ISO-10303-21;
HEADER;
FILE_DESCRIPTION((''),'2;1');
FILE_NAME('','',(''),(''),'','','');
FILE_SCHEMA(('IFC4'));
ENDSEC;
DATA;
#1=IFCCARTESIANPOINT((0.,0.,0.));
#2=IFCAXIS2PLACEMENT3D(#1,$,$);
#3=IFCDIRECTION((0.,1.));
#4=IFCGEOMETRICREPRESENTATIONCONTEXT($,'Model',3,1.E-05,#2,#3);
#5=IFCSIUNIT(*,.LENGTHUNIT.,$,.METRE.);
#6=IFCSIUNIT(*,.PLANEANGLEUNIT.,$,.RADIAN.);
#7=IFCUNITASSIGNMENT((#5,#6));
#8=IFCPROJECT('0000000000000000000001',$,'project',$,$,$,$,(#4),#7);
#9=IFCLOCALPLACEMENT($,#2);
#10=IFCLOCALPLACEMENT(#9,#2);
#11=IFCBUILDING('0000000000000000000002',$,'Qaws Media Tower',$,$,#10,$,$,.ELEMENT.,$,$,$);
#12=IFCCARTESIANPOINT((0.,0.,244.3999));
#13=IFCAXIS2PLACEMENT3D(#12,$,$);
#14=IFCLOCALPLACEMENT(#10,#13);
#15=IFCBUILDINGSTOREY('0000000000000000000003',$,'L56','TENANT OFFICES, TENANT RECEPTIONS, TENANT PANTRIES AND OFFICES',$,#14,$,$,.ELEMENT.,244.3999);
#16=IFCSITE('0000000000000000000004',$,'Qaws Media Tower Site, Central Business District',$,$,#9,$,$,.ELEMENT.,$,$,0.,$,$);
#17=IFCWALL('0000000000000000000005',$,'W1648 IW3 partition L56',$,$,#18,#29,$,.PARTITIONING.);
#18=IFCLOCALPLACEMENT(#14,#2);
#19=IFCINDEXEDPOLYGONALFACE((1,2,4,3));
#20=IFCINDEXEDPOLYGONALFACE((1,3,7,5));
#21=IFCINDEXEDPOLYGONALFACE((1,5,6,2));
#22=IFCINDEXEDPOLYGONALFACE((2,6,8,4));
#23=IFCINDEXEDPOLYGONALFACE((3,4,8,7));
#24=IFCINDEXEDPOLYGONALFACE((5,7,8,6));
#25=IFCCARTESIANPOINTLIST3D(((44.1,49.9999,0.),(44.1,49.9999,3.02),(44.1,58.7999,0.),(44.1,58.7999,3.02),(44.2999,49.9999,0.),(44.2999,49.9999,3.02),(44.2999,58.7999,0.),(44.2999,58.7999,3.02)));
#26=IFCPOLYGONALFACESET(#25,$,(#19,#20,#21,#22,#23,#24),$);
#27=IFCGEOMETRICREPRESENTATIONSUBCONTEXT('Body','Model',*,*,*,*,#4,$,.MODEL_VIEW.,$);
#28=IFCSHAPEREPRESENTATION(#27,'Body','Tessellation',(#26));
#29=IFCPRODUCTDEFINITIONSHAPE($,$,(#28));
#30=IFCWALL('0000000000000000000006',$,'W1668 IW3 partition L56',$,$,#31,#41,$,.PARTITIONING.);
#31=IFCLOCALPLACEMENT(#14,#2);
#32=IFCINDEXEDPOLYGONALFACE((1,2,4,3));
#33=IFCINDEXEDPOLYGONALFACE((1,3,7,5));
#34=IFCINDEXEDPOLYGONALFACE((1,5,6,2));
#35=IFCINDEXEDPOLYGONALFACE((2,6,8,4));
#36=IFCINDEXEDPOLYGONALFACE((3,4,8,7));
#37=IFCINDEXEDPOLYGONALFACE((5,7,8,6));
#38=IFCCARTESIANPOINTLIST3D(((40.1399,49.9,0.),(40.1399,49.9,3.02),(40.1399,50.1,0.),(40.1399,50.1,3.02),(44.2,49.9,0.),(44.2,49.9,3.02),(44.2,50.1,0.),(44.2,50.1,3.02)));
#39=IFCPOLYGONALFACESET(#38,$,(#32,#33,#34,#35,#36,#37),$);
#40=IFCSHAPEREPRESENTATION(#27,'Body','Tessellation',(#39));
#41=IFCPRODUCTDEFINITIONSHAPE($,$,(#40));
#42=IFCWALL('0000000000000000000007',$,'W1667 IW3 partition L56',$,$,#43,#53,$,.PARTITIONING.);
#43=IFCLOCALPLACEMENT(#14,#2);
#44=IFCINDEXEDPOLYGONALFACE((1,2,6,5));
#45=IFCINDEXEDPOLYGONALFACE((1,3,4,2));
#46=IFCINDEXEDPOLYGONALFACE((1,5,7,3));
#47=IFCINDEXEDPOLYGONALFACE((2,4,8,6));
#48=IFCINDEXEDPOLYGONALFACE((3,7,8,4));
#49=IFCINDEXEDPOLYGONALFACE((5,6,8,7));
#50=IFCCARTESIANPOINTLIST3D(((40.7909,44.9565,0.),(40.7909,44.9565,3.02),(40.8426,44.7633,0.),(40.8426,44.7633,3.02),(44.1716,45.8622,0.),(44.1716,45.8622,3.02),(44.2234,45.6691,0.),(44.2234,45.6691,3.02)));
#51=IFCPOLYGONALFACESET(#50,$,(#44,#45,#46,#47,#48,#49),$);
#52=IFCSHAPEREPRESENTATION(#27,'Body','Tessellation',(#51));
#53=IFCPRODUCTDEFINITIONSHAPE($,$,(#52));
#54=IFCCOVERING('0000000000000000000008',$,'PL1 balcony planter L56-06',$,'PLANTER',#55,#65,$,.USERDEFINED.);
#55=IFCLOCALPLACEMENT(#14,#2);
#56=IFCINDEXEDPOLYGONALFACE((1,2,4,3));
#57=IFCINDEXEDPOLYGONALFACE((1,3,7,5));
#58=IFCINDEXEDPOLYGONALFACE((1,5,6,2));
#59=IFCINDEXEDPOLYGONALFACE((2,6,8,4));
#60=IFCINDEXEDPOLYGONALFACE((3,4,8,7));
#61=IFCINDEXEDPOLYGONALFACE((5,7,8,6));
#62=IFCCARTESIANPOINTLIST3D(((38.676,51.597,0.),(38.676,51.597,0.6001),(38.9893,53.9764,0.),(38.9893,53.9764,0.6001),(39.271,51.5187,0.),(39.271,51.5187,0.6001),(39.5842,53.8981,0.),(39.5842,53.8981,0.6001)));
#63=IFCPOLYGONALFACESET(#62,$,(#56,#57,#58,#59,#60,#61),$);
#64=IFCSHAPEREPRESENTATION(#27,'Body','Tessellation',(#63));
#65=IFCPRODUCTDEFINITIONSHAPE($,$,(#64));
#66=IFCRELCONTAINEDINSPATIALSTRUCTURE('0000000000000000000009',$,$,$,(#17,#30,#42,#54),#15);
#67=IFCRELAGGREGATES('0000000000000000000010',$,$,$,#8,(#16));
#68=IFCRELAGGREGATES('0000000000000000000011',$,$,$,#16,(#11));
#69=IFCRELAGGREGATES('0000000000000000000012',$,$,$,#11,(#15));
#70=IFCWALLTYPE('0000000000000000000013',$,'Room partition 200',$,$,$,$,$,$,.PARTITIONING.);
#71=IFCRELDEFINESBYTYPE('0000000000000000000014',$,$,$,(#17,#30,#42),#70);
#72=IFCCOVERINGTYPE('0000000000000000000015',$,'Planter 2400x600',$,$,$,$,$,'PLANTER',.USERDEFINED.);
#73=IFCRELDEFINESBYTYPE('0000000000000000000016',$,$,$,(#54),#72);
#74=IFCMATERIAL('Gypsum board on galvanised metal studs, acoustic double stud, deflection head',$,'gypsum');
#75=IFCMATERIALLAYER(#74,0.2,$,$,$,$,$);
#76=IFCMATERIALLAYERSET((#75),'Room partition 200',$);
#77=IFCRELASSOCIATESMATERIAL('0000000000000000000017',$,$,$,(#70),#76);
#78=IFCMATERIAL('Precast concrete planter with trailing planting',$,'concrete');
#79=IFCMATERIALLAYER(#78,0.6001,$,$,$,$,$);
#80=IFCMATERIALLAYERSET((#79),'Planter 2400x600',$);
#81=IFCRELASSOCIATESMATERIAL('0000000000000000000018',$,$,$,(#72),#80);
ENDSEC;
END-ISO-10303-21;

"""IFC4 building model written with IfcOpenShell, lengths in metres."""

from ifc_helpers import new_model, si_unit, direction, frame, frame_2d, origin, origin_2d, place, context, subcontext, project, spatial, rectangle, extrude, material, layer, layer_set, type_object, element, save


model = new_model("IFC4")

# Units and contexts
model_context = context("Model", 3, precision=1e-05, world=origin(), true_north=direction((0.0, 1.0)))
body_context = subcontext(model_context, "Body", "Model", "MODEL_VIEW")
ifc_project = project(units=[si_unit("LENGTHUNIT", "METRE"), si_unit("PLANEANGLEUNIT", "RADIAN")], contexts=[model_context])

# Site, building, storey
site_placement = place(None, origin())
site = spatial("IfcSite", under=ifc_project, at=site_placement, Name="Qaws Media Tower Site, Central Business District", CompositionType="ELEMENT", RefElevation=0.0)
building_placement = place(site_placement, origin())
building = spatial("IfcBuilding", under=site, at=building_placement, Name="Qaws Media Tower", CompositionType="ELEMENT")
storey_placement = place(building_placement, frame((0.0, 0.0, 244.3999)))
storey = spatial("IfcBuildingStorey", under=building, at=storey_placement, Name="L56", Description="TENANT OFFICES, TENANT RECEPTIONS, TENANT PANTRIES AND OFFICES", CompositionType="ELEMENT", Elevation=244.3999)

# Shared definitions
ifc_material_1 = material(Name="Gypsum board on galvanised metal studs, acoustic double stud, deflection head", Category="gypsum")
ifc_layer_1 = layer(ifc_material_1, 0.2)
ifc_layer_set_1 = layer_set([ifc_layer_1], Name="Room partition 200")
wall_type_1 = type_object("IfcWallType", Name="Room partition 200", PredefinedType="PARTITIONING", material=ifc_layer_set_1)

# Walls
wall_1_placement = place(storey_placement, frame((44.2, 50.0, 0.0), z_axis=(0.0, 0.0, 1.0), x_axis=(0.0, 1.0, 0.0)))
element("IfcWall", 1, at=wall_1_placement, inside=storey, type_object=wall_type_1, Name="W1648 IW3 partition L56", PredefinedType="PARTITIONING", context=body_context, shape_type="SweptSolid", body=[
    extrude(rectangle(XDim=8.8, YDim=0.2, at=frame_2d((4.3999, 0.0))), origin(), (0.0, 0.0, 1.0), 3.02),
])
wall_2_placement = place(storey_placement, frame((44.2, 50.0, 0.0), z_axis=(0.0, 0.0, 1.0), x_axis=(-1.0, 0.0, 0.0)))
element("IfcWall", 2, at=wall_2_placement, inside=storey, type_object=wall_type_1, Name="W1668 IW3 partition L56", PredefinedType="PARTITIONING", context=body_context, shape_type="SweptSolid", body=[
    extrude(rectangle(XDim=4.0601, YDim=0.2, at=frame_2d((2.03, 0.0))), origin(), (0.0, 0.0, 1.0), 3.02),
])
wall_3_placement = place(storey_placement, frame((44.1975, 45.7656, 0.0), z_axis=(0.0, 0.0, 1.0), x_axis=(-0.965936, -0.258783, 0.0)))
element("IfcWall", 3, at=wall_3_placement, inside=storey, type_object=wall_type_1, Name="W1667 IW3 partition L56", PredefinedType="PARTITIONING", context=body_context, shape_type="SweptSolid", body=[
    extrude(rectangle(XDim=3.5, YDim=0.2, at=frame_2d((1.75, 0.0))), origin(), (0.0, 0.0, 1.0), 3.02),
])

# Covering
ifc_material_2 = material(Name="Precast concrete planter with trailing planting", Category="concrete")
ifc_layer_2 = layer(ifc_material_2, 0.6001)
ifc_layer_set_2 = layer_set([ifc_layer_2], Name="Planter 2400x600")
covering_type = type_object("IfcCoveringType", Name="Planter 2400x600", ElementType="PLANTER", PredefinedType="USERDEFINED", material=ifc_layer_set_2)
covering_placement = place(storey_placement, frame((39.1301, 52.7476, 0.0), z_axis=(0.0, 0.0, 1.0), x_axis=(-0.130526, -0.991445, 0.0)))
element("IfcCovering", 4, at=covering_placement, inside=storey, type_object=covering_type, Name="PL1 balcony planter L56-06", ObjectType="PLANTER", PredefinedType="USERDEFINED", context=body_context, shape_type="SweptSolid", body=[
    extrude(rectangle(XDim=2.3999, YDim=0.6001, at=origin_2d()), origin(), (0.0, 0.0, 1.0), 0.6001),
])

save(model, "model.ifc")
